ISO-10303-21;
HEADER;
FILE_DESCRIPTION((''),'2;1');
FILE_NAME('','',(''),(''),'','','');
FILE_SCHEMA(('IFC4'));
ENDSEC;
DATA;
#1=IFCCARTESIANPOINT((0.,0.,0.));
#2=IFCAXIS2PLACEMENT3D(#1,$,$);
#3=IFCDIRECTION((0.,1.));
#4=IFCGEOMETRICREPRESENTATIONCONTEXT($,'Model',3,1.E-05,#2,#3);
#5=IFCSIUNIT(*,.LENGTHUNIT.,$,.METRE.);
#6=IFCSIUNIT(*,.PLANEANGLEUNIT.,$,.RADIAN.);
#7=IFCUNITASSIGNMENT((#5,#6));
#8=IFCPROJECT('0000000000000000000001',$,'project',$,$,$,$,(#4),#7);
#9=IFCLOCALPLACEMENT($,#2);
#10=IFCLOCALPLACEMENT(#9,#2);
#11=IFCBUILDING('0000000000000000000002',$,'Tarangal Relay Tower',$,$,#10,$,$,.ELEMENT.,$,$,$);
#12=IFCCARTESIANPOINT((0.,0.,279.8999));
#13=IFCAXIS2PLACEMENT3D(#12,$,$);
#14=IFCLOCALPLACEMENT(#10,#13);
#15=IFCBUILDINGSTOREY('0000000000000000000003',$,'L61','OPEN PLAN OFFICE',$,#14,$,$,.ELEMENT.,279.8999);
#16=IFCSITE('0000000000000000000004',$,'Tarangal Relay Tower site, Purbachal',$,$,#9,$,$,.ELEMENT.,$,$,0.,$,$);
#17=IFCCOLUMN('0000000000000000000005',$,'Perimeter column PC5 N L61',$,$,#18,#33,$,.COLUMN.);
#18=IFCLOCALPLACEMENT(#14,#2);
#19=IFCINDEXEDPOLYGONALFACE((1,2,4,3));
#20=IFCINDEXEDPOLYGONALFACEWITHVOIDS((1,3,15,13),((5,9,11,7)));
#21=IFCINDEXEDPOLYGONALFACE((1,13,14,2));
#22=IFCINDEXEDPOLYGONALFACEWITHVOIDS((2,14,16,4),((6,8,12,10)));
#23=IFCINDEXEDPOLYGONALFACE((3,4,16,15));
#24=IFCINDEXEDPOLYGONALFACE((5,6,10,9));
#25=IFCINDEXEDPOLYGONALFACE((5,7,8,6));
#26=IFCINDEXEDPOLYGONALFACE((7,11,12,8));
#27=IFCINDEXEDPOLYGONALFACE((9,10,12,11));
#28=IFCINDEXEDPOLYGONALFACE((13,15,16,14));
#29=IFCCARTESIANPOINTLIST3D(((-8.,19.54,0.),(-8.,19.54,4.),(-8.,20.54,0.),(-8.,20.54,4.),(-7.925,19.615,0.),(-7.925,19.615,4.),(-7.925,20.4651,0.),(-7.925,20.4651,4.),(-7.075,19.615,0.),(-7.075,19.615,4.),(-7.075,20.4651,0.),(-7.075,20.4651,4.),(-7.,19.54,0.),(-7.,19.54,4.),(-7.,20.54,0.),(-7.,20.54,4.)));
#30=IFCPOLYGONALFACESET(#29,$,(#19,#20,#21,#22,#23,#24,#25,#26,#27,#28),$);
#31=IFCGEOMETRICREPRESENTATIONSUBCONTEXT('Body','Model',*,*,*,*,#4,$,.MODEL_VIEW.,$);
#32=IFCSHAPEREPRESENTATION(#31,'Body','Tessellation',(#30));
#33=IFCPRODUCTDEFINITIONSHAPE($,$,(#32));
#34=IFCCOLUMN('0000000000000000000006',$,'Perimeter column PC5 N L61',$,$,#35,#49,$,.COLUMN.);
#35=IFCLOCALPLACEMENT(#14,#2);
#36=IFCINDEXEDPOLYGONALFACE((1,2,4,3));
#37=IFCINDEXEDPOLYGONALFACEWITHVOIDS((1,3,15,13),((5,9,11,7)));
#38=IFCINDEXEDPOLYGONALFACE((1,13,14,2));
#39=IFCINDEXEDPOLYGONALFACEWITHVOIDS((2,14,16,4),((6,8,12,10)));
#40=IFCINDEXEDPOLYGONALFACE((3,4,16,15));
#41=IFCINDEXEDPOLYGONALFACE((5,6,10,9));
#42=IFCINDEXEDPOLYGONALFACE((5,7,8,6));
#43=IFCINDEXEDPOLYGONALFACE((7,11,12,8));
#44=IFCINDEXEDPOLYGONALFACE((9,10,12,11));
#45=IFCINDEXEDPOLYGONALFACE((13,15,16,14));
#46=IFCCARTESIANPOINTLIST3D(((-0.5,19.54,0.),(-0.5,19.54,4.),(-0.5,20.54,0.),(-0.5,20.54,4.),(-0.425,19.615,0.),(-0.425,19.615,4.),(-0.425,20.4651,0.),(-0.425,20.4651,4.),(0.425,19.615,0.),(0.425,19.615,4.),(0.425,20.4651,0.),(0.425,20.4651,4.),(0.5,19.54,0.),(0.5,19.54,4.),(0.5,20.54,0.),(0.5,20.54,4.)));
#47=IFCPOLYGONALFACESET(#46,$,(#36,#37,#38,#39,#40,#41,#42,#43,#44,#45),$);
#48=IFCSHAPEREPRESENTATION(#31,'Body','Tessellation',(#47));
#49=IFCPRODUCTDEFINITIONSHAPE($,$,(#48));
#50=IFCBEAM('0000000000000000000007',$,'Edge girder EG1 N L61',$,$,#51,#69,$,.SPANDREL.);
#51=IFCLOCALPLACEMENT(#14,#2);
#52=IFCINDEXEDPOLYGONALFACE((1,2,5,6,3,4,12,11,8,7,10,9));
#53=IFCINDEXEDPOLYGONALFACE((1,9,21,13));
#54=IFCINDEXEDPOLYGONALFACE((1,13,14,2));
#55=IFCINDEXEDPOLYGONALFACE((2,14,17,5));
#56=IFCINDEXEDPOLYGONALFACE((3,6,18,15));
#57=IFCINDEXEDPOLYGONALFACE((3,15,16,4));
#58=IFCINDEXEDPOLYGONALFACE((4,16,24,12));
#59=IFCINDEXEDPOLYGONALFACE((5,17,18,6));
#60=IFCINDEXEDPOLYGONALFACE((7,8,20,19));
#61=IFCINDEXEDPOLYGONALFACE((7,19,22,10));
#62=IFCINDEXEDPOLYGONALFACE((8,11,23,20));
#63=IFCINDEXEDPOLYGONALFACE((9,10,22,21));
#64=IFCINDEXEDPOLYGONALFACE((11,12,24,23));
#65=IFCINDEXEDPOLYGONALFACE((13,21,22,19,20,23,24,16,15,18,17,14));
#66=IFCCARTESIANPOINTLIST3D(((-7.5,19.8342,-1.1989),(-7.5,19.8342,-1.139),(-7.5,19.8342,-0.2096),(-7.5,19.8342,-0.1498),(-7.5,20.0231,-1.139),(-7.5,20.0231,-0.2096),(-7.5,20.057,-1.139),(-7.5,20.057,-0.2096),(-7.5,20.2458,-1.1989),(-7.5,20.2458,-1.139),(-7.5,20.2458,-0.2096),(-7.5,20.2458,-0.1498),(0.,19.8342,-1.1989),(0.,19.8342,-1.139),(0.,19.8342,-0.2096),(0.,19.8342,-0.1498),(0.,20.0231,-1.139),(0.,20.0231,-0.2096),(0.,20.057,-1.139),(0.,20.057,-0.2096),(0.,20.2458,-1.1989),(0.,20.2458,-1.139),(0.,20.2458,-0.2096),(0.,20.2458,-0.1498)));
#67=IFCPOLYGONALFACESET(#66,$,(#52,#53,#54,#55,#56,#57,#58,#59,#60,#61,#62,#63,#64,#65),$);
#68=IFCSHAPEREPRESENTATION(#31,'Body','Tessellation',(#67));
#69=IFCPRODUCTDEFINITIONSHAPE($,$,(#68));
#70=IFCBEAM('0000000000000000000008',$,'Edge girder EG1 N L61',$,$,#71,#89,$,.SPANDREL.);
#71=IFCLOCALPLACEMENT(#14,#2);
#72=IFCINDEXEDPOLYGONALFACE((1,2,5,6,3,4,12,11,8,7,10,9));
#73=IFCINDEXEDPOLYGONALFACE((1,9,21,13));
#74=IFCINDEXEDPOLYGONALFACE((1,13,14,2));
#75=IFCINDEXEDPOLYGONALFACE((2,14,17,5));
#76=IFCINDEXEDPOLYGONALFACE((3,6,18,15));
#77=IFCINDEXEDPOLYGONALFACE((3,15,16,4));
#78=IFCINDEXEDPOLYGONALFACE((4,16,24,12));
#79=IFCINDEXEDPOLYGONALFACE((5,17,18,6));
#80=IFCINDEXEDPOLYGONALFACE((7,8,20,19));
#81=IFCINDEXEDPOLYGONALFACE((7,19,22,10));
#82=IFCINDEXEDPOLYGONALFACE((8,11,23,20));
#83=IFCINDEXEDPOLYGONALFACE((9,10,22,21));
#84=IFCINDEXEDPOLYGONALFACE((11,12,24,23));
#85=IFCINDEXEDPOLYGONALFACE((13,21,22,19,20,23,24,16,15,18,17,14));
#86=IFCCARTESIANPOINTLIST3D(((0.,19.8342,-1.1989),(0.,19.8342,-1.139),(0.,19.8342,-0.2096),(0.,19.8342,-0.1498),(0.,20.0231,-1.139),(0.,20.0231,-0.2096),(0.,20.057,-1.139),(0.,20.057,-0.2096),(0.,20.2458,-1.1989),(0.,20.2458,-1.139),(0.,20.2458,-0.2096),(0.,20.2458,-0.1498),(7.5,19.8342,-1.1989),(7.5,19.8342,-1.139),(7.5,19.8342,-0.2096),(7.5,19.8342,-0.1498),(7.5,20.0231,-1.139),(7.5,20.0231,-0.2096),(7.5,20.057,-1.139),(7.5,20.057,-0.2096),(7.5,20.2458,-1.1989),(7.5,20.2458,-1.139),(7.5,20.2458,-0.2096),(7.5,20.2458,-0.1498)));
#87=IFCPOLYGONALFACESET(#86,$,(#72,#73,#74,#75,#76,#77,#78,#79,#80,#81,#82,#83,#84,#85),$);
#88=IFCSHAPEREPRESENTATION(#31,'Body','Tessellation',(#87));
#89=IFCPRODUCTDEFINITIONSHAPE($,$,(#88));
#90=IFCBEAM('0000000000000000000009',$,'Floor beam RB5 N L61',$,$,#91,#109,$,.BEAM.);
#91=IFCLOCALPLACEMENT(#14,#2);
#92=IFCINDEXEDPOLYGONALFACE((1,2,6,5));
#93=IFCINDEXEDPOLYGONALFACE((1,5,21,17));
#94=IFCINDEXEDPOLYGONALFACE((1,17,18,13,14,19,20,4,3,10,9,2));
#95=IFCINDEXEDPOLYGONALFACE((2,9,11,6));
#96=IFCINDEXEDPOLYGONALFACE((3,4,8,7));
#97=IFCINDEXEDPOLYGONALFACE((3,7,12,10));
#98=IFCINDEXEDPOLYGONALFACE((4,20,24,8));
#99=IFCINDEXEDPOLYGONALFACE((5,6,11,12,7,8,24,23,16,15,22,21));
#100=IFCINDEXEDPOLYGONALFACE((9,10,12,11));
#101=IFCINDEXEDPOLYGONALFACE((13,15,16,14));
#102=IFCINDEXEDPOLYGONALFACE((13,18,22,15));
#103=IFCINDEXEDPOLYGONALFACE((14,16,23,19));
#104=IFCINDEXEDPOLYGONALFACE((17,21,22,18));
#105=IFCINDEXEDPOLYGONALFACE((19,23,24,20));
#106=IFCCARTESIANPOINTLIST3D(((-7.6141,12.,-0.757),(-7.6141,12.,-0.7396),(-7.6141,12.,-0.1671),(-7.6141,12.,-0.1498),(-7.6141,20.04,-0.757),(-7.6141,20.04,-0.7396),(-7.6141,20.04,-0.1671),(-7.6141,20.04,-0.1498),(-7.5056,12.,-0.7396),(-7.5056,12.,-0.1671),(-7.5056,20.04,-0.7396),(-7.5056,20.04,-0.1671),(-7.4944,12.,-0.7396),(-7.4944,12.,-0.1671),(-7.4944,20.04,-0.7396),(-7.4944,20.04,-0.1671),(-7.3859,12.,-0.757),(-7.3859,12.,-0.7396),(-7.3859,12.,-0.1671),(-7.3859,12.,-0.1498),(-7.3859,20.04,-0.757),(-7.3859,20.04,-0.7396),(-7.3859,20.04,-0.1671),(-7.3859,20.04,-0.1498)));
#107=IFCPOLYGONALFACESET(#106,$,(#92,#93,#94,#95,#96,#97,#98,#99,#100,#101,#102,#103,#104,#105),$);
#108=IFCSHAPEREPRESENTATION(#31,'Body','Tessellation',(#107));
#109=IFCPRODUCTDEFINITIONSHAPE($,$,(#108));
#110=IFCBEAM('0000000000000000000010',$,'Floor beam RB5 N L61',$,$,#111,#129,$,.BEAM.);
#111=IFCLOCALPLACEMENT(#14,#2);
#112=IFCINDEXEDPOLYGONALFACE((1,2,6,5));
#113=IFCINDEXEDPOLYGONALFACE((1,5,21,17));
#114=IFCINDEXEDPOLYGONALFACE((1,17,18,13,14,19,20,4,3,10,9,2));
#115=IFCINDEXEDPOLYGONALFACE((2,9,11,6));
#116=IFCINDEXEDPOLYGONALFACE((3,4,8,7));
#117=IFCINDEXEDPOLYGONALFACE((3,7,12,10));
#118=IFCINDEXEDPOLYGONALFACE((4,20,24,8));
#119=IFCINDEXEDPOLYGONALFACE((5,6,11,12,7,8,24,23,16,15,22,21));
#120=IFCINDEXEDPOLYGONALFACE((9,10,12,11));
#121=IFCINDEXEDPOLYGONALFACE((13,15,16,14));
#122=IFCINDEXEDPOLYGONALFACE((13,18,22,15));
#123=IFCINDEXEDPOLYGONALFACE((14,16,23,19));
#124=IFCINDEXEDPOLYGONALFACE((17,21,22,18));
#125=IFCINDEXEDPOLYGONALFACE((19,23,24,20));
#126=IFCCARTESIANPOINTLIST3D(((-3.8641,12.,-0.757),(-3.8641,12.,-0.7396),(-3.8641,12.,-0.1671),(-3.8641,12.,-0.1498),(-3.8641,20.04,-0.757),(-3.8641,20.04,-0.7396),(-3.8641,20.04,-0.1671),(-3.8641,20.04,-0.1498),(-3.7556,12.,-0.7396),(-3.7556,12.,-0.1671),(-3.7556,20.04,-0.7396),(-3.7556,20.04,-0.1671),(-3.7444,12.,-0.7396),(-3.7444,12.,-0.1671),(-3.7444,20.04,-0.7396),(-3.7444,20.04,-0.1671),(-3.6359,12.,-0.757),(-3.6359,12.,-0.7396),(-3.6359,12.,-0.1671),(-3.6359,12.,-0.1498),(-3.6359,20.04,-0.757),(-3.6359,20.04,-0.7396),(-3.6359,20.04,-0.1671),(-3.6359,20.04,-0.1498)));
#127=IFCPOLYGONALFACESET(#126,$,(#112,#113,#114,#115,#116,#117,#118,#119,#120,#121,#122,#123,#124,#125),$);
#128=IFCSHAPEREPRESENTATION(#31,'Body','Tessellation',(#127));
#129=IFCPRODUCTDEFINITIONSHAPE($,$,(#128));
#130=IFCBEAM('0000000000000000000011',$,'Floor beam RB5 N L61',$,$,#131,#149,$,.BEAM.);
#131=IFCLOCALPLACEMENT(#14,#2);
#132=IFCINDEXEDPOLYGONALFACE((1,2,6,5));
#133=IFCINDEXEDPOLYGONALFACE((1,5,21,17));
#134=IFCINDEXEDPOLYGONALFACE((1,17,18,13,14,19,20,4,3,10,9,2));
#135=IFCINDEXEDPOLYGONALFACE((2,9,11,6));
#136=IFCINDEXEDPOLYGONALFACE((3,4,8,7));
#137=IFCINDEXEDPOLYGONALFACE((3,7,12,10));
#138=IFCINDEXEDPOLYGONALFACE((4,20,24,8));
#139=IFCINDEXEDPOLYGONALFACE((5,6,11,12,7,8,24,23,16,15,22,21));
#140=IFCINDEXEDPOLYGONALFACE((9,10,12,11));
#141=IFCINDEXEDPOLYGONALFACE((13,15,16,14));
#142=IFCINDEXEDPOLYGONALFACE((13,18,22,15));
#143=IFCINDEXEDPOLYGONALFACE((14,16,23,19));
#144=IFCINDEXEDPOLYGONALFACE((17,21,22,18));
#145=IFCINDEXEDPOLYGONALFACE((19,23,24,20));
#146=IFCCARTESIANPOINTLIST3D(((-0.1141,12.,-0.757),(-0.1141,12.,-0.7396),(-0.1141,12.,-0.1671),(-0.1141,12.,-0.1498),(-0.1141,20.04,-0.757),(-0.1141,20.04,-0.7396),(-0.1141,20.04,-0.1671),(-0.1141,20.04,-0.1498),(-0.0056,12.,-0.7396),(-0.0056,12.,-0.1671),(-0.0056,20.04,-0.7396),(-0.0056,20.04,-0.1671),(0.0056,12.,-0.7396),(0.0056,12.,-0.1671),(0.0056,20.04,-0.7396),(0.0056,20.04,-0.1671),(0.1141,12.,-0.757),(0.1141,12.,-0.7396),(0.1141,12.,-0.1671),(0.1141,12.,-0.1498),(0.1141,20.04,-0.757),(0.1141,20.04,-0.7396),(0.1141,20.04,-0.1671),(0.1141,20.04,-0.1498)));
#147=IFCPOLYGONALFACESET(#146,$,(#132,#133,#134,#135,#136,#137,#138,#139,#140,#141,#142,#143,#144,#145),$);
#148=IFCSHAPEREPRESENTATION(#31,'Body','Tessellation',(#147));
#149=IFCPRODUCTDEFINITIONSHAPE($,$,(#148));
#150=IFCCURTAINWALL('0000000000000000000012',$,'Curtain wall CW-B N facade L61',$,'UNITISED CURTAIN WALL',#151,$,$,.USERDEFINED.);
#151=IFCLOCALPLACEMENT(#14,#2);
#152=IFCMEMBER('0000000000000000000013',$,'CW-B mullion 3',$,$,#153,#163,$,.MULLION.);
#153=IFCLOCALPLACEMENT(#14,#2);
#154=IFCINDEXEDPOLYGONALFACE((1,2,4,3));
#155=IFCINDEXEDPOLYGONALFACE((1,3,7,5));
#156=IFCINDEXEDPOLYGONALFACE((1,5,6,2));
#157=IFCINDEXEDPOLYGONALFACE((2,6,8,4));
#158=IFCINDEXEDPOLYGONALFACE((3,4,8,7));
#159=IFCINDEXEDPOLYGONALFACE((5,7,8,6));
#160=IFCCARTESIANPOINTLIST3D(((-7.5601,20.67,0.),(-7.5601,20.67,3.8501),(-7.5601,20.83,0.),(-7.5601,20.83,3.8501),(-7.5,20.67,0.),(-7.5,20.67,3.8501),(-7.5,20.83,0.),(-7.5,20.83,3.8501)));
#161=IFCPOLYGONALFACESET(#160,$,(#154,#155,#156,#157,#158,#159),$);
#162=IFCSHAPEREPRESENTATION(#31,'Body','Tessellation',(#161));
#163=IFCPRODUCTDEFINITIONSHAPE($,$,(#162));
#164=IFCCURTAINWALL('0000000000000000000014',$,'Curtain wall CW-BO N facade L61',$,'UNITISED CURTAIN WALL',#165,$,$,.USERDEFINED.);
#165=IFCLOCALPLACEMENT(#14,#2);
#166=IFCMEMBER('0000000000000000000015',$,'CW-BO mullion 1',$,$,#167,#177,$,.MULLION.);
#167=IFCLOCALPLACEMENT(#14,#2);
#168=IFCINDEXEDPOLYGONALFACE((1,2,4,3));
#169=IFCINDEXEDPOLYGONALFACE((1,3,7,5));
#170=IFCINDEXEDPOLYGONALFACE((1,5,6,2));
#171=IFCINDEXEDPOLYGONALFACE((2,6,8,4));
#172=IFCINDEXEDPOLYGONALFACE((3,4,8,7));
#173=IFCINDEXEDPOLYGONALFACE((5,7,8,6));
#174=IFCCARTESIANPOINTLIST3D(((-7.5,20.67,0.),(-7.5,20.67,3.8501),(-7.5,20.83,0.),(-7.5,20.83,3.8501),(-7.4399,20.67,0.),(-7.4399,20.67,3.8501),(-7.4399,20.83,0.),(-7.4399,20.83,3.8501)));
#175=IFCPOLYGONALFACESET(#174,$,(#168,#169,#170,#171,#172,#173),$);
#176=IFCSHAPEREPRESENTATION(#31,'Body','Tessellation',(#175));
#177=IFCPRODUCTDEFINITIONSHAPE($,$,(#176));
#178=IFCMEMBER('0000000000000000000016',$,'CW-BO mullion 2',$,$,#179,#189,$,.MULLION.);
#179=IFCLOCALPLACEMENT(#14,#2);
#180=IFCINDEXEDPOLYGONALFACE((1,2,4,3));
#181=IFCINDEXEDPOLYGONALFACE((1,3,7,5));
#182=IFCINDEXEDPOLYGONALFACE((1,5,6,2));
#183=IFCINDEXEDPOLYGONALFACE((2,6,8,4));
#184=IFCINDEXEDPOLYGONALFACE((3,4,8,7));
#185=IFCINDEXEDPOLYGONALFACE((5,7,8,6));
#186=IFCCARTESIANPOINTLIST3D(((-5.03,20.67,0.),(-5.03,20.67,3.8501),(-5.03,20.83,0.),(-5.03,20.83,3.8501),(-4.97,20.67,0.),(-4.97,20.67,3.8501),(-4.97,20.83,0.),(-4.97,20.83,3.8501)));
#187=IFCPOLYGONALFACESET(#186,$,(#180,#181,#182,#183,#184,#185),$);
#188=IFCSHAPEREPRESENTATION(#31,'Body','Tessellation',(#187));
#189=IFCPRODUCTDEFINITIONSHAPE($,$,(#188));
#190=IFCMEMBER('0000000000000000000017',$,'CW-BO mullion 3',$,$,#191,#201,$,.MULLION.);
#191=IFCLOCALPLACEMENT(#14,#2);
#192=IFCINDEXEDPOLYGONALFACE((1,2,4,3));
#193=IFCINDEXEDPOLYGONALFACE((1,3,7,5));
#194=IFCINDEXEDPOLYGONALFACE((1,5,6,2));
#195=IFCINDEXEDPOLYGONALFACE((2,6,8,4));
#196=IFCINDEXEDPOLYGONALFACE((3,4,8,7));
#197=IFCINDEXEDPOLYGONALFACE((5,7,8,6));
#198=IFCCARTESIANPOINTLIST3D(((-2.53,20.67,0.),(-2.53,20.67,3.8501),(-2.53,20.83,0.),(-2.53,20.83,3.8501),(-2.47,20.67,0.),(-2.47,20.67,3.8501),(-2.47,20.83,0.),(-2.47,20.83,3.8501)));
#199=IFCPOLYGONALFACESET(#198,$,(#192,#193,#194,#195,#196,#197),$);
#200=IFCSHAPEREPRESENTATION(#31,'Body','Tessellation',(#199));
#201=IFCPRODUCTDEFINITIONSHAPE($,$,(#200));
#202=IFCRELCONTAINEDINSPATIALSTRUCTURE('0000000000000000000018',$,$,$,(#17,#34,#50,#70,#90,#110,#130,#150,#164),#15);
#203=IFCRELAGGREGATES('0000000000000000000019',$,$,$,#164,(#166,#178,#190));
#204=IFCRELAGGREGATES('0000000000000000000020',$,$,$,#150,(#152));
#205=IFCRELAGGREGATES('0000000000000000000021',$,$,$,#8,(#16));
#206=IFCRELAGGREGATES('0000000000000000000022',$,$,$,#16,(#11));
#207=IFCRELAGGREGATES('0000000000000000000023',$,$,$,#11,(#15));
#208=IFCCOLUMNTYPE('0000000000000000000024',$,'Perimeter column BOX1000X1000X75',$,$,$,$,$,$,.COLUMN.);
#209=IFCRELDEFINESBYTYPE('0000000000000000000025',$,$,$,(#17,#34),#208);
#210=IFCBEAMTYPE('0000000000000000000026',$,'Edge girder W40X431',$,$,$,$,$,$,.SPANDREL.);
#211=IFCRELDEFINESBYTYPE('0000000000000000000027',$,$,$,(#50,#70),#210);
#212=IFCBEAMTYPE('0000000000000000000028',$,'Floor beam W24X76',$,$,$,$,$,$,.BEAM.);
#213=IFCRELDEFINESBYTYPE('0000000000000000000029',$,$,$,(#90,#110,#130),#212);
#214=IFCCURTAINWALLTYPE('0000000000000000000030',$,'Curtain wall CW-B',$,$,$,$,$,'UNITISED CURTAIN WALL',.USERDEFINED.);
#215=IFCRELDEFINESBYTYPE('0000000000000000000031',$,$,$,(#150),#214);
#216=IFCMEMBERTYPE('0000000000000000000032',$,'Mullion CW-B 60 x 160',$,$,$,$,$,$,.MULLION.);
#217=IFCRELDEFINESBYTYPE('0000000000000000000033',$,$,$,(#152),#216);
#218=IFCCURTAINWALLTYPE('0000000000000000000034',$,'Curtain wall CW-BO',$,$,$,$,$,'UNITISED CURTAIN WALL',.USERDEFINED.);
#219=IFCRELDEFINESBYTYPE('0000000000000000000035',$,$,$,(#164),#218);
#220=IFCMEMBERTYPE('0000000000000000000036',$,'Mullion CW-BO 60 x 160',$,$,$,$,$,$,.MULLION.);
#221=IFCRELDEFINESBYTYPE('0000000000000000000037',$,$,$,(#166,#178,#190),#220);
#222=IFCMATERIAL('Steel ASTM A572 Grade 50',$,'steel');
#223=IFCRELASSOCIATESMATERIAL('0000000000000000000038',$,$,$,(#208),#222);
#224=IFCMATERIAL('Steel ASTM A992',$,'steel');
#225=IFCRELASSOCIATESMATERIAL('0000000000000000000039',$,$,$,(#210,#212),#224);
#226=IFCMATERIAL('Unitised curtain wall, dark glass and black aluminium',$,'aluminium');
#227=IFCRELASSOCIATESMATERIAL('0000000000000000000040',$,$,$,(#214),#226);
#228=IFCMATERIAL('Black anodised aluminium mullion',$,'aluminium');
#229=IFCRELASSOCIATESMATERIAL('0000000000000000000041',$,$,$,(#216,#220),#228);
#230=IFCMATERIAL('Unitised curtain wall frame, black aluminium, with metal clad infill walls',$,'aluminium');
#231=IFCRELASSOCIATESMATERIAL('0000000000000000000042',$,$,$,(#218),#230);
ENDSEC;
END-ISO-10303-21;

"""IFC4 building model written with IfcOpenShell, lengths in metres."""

from ifc_helpers import new_model, si_unit, direction, frame, origin, origin_2d, place, context, subcontext, project, spatial, rectangle, hollow_rectangle, i_section, extrude, material, material_profile, profile_set, type_object, element, aggregate, save


model = new_model("IFC4")

# Units and contexts
model_context = context("Model", 3, precision=1e-05, world=origin(), true_north=direction((0.0, 1.0)))
body_context = subcontext(model_context, "Body", "Model", "MODEL_VIEW")
ifc_project = project(units=[si_unit("LENGTHUNIT", "METRE"), si_unit("PLANEANGLEUNIT", "RADIAN")], contexts=[model_context])

# Site, building, storey
site_placement = place(None, origin())
site = spatial("IfcSite", under=ifc_project, at=site_placement, Name="Tarangal Relay Tower site, Purbachal", CompositionType="ELEMENT", RefElevation=0.0)
building_placement = place(site_placement, origin())
building = spatial("IfcBuilding", under=site, at=building_placement, Name="Tarangal Relay Tower", CompositionType="ELEMENT")
storey_placement = place(building_placement, frame((0.0, 0.0, 279.8999)))
storey = spatial("IfcBuildingStorey", under=building, at=storey_placement, Name="L61", Description="OPEN PLAN OFFICE", CompositionType="ELEMENT", Elevation=279.8999)

# Columns
ifc_material_1 = material(Name="Steel ASTM A572 Grade 50", Category="steel")
ifc_material_profile_1 = material_profile(ifc_material_1, hollow_rectangle(XDim=1.0, YDim=1.0, WallThickness=0.075, at=origin_2d()), Name="BOX1000X1000X75")
ifc_profile_set_1 = profile_set([ifc_material_profile_1], Name="Steel ASTM A572 Grade 50")
column_type = type_object("IfcColumnType", Name="Perimeter column BOX1000X1000X75", PredefinedType="COLUMN", material=ifc_profile_set_1)
for number, where, z_axis, x_axis, name in (
    (1, (-7.5, 20.04, 0.0), (0.0, 0.0, 1.0), (1.0, 0.0, 0.0), "Perimeter column PC5 N L61"),
    (2, (0.0, 20.04, 0.0), (0.0, 0.0, 1.0), (1.0, 0.0, 0.0), "Perimeter column PC5 N L61"),
):
    element("IfcColumn", number, at=place(storey_placement, frame(where, z_axis=z_axis, x_axis=x_axis)), inside=storey, type_object=column_type, Name=name, PredefinedType="COLUMN", context=body_context, shape_type="SweptSolid", body=[
        extrude(hollow_rectangle(XDim=1.0, YDim=1.0, WallThickness=0.075, at=origin_2d()), origin(), (0.0, 0.0, 1.0), 4.0),
    ])

# Beams
ifc_material_2 = material(Name="Steel ASTM A992", Category="steel")
ifc_material_profile_2 = material_profile(ifc_material_2, i_section(OverallWidth=0.4116, OverallDepth=1.0491, WebThickness=0.0339, FlangeThickness=0.0598, at=origin_2d()), Name="W40X431")
ifc_profile_set_2 = profile_set([ifc_material_profile_2], Name="Steel ASTM A992")
beam_type_1 = type_object("IfcBeamType", Name="Edge girder W40X431", PredefinedType="SPANDREL", material=ifc_profile_set_2)
for number, where, z_axis, x_axis, name in (
    (3, (-7.5, 20.04, -0.6743), (1.0, 0.0, 0.0), (0.0, 1.0, 0.0), "Edge girder EG1 N L61"),
    (4, (0.0, 20.04, -0.6743), (1.0, 0.0, 0.0), (0.0, 1.0, 0.0), "Edge girder EG1 N L61"),
):
    element("IfcBeam", number, at=place(storey_placement, frame(where, z_axis=z_axis, x_axis=x_axis)), inside=storey, type_object=beam_type_1, Name=name, PredefinedType="SPANDREL", context=body_context, shape_type="SweptSolid", body=[
        extrude(i_section(OverallWidth=0.4116, OverallDepth=1.0491, WebThickness=0.0339, FlangeThickness=0.0598, at=origin_2d()), origin(), (0.0, 0.0, 1.0), 7.5),
    ])
ifc_material_profile_3 = material_profile(ifc_material_2, i_section(OverallWidth=0.2283, OverallDepth=0.6072, WebThickness=0.0112, FlangeThickness=0.0173, at=origin_2d()), Name="W24X76")
ifc_profile_set_3 = profile_set([ifc_material_profile_3], Name="Steel ASTM A992")
beam_type_2 = type_object("IfcBeamType", Name="Floor beam W24X76", PredefinedType="BEAM", material=ifc_profile_set_3)
for number, where, z_axis, x_axis, name in (
    (5, (-7.5, 12.0, -0.4534), (0.0, 1.0, 0.0), (-1.0, 0.0, 0.0), "Floor beam RB5 N L61"),
    (6, (-3.75, 12.0, -0.4534), (0.0, 1.0, 0.0), (-1.0, 0.0, 0.0), "Floor beam RB5 N L61"),
    (7, (0.0, 12.0, -0.4534), (0.0, 1.0, 0.0), (-1.0, 0.0, 0.0), "Floor beam RB5 N L61"),
):
    element("IfcBeam", number, at=place(storey_placement, frame(where, z_axis=z_axis, x_axis=x_axis)), inside=storey, type_object=beam_type_2, Name=name, PredefinedType="BEAM", context=body_context, shape_type="SweptSolid", body=[
        extrude(i_section(OverallWidth=0.2283, OverallDepth=0.6072, WebThickness=0.0112, FlangeThickness=0.0173, at=origin_2d()), origin(), (0.0, 0.0, 1.0), 8.04),
    ])

# Curtain wall, member
ifc_material_3 = material(Name="Unitised curtain wall, dark glass and black aluminium", Category="aluminium")
curtain_wall_type_1 = type_object("IfcCurtainWallType", Name="Curtain wall CW-B", ElementType="UNITISED CURTAIN WALL", PredefinedType="USERDEFINED", material=ifc_material_3)
curtain_wall_1_placement = place(storey_placement, origin())
curtain_wall_1 = element("IfcCurtainWall", 8, at=curtain_wall_1_placement, inside=storey, type_object=curtain_wall_type_1, Name="Curtain wall CW-B N facade L61", ObjectType="UNITISED CURTAIN WALL", PredefinedType="USERDEFINED")
ifc_material_4 = material(Name="Black anodised aluminium mullion", Category="aluminium")
ifc_material_profile_4 = material_profile(ifc_material_4, rectangle(XDim=0.1599, YDim=0.0601, at=origin_2d()), Name="CW-BM 60X160")
ifc_profile_set_4 = profile_set([ifc_material_profile_4], Name="Black anodised aluminium mullion")
member_type_1 = type_object("IfcMemberType", Name="Mullion CW-B 60 x 160", PredefinedType="MULLION", material=ifc_profile_set_4)
member_1_placement = place(storey_placement, frame((-7.53, 20.75, 0.0), z_axis=(0.0, 0.0, 1.0), x_axis=(0.0, 1.0, 0.0)))
member_1 = element("IfcMember", 9, at=member_1_placement, type_object=member_type_1, Name="CW-B mullion 3", PredefinedType="MULLION", context=body_context, shape_type="SweptSolid", body=[
    extrude(rectangle(XDim=0.1599, YDim=0.0601, at=origin_2d()), origin(), (0.0, 0.0, 1.0), 3.8501),
])

# Curtain wall, members
ifc_material_5 = material(Name="Unitised curtain wall frame, black aluminium, with metal clad infill walls", Category="aluminium")
curtain_wall_type_2 = type_object("IfcCurtainWallType", Name="Curtain wall CW-BO", ElementType="UNITISED CURTAIN WALL", PredefinedType="USERDEFINED", material=ifc_material_5)
curtain_wall_2_placement = place(storey_placement, origin())
curtain_wall_2 = element("IfcCurtainWall", 10, at=curtain_wall_2_placement, inside=storey, type_object=curtain_wall_type_2, Name="Curtain wall CW-BO N facade L61", ObjectType="UNITISED CURTAIN WALL", PredefinedType="USERDEFINED")
ifc_material_profile_5 = material_profile(ifc_material_4, rectangle(XDim=0.1599, YDim=0.0601, at=origin_2d()), Name="CW-BOM 60X160")
ifc_profile_set_5 = profile_set([ifc_material_profile_5], Name="Black anodised aluminium mullion")
member_type_2 = type_object("IfcMemberType", Name="Mullion CW-BO 60 x 160", PredefinedType="MULLION", material=ifc_profile_set_5)
member_2_placement = place(storey_placement, frame((-7.47, 20.75, 0.0), z_axis=(0.0, 0.0, 1.0), x_axis=(0.0, 1.0, 0.0)))
member_2 = element("IfcMember", 11, at=member_2_placement, type_object=member_type_2, Name="CW-BO mullion 1", PredefinedType="MULLION", context=body_context, shape_type="SweptSolid", body=[
    extrude(rectangle(XDim=0.1599, YDim=0.0601, at=origin_2d()), origin(), (0.0, 0.0, 1.0), 3.8501),
])
member_3_placement = place(storey_placement, frame((-5.0, 20.75, 0.0), z_axis=(0.0, 0.0, 1.0), x_axis=(0.0, 1.0, 0.0)))
member_3 = element("IfcMember", 12, at=member_3_placement, type_object=member_type_2, Name="CW-BO mullion 2", PredefinedType="MULLION", context=body_context, shape_type="SweptSolid", body=[
    extrude(rectangle(XDim=0.1599, YDim=0.0601, at=origin_2d()), origin(), (0.0, 0.0, 1.0), 3.8501),
])
member_4_placement = place(storey_placement, frame((-2.5, 20.75, 0.0), z_axis=(0.0, 0.0, 1.0), x_axis=(0.0, 1.0, 0.0)))
member_4 = element("IfcMember", 13, at=member_4_placement, type_object=member_type_2, Name="CW-BO mullion 3", PredefinedType="MULLION", context=body_context, shape_type="SweptSolid", body=[
    extrude(rectangle(XDim=0.1599, YDim=0.0601, at=origin_2d()), origin(), (0.0, 0.0, 1.0), 3.8501),
])

aggregate(curtain_wall_2, [member_2, member_3, member_4])

aggregate(curtain_wall_1, [member_1])

save(model, "model.ifc")
